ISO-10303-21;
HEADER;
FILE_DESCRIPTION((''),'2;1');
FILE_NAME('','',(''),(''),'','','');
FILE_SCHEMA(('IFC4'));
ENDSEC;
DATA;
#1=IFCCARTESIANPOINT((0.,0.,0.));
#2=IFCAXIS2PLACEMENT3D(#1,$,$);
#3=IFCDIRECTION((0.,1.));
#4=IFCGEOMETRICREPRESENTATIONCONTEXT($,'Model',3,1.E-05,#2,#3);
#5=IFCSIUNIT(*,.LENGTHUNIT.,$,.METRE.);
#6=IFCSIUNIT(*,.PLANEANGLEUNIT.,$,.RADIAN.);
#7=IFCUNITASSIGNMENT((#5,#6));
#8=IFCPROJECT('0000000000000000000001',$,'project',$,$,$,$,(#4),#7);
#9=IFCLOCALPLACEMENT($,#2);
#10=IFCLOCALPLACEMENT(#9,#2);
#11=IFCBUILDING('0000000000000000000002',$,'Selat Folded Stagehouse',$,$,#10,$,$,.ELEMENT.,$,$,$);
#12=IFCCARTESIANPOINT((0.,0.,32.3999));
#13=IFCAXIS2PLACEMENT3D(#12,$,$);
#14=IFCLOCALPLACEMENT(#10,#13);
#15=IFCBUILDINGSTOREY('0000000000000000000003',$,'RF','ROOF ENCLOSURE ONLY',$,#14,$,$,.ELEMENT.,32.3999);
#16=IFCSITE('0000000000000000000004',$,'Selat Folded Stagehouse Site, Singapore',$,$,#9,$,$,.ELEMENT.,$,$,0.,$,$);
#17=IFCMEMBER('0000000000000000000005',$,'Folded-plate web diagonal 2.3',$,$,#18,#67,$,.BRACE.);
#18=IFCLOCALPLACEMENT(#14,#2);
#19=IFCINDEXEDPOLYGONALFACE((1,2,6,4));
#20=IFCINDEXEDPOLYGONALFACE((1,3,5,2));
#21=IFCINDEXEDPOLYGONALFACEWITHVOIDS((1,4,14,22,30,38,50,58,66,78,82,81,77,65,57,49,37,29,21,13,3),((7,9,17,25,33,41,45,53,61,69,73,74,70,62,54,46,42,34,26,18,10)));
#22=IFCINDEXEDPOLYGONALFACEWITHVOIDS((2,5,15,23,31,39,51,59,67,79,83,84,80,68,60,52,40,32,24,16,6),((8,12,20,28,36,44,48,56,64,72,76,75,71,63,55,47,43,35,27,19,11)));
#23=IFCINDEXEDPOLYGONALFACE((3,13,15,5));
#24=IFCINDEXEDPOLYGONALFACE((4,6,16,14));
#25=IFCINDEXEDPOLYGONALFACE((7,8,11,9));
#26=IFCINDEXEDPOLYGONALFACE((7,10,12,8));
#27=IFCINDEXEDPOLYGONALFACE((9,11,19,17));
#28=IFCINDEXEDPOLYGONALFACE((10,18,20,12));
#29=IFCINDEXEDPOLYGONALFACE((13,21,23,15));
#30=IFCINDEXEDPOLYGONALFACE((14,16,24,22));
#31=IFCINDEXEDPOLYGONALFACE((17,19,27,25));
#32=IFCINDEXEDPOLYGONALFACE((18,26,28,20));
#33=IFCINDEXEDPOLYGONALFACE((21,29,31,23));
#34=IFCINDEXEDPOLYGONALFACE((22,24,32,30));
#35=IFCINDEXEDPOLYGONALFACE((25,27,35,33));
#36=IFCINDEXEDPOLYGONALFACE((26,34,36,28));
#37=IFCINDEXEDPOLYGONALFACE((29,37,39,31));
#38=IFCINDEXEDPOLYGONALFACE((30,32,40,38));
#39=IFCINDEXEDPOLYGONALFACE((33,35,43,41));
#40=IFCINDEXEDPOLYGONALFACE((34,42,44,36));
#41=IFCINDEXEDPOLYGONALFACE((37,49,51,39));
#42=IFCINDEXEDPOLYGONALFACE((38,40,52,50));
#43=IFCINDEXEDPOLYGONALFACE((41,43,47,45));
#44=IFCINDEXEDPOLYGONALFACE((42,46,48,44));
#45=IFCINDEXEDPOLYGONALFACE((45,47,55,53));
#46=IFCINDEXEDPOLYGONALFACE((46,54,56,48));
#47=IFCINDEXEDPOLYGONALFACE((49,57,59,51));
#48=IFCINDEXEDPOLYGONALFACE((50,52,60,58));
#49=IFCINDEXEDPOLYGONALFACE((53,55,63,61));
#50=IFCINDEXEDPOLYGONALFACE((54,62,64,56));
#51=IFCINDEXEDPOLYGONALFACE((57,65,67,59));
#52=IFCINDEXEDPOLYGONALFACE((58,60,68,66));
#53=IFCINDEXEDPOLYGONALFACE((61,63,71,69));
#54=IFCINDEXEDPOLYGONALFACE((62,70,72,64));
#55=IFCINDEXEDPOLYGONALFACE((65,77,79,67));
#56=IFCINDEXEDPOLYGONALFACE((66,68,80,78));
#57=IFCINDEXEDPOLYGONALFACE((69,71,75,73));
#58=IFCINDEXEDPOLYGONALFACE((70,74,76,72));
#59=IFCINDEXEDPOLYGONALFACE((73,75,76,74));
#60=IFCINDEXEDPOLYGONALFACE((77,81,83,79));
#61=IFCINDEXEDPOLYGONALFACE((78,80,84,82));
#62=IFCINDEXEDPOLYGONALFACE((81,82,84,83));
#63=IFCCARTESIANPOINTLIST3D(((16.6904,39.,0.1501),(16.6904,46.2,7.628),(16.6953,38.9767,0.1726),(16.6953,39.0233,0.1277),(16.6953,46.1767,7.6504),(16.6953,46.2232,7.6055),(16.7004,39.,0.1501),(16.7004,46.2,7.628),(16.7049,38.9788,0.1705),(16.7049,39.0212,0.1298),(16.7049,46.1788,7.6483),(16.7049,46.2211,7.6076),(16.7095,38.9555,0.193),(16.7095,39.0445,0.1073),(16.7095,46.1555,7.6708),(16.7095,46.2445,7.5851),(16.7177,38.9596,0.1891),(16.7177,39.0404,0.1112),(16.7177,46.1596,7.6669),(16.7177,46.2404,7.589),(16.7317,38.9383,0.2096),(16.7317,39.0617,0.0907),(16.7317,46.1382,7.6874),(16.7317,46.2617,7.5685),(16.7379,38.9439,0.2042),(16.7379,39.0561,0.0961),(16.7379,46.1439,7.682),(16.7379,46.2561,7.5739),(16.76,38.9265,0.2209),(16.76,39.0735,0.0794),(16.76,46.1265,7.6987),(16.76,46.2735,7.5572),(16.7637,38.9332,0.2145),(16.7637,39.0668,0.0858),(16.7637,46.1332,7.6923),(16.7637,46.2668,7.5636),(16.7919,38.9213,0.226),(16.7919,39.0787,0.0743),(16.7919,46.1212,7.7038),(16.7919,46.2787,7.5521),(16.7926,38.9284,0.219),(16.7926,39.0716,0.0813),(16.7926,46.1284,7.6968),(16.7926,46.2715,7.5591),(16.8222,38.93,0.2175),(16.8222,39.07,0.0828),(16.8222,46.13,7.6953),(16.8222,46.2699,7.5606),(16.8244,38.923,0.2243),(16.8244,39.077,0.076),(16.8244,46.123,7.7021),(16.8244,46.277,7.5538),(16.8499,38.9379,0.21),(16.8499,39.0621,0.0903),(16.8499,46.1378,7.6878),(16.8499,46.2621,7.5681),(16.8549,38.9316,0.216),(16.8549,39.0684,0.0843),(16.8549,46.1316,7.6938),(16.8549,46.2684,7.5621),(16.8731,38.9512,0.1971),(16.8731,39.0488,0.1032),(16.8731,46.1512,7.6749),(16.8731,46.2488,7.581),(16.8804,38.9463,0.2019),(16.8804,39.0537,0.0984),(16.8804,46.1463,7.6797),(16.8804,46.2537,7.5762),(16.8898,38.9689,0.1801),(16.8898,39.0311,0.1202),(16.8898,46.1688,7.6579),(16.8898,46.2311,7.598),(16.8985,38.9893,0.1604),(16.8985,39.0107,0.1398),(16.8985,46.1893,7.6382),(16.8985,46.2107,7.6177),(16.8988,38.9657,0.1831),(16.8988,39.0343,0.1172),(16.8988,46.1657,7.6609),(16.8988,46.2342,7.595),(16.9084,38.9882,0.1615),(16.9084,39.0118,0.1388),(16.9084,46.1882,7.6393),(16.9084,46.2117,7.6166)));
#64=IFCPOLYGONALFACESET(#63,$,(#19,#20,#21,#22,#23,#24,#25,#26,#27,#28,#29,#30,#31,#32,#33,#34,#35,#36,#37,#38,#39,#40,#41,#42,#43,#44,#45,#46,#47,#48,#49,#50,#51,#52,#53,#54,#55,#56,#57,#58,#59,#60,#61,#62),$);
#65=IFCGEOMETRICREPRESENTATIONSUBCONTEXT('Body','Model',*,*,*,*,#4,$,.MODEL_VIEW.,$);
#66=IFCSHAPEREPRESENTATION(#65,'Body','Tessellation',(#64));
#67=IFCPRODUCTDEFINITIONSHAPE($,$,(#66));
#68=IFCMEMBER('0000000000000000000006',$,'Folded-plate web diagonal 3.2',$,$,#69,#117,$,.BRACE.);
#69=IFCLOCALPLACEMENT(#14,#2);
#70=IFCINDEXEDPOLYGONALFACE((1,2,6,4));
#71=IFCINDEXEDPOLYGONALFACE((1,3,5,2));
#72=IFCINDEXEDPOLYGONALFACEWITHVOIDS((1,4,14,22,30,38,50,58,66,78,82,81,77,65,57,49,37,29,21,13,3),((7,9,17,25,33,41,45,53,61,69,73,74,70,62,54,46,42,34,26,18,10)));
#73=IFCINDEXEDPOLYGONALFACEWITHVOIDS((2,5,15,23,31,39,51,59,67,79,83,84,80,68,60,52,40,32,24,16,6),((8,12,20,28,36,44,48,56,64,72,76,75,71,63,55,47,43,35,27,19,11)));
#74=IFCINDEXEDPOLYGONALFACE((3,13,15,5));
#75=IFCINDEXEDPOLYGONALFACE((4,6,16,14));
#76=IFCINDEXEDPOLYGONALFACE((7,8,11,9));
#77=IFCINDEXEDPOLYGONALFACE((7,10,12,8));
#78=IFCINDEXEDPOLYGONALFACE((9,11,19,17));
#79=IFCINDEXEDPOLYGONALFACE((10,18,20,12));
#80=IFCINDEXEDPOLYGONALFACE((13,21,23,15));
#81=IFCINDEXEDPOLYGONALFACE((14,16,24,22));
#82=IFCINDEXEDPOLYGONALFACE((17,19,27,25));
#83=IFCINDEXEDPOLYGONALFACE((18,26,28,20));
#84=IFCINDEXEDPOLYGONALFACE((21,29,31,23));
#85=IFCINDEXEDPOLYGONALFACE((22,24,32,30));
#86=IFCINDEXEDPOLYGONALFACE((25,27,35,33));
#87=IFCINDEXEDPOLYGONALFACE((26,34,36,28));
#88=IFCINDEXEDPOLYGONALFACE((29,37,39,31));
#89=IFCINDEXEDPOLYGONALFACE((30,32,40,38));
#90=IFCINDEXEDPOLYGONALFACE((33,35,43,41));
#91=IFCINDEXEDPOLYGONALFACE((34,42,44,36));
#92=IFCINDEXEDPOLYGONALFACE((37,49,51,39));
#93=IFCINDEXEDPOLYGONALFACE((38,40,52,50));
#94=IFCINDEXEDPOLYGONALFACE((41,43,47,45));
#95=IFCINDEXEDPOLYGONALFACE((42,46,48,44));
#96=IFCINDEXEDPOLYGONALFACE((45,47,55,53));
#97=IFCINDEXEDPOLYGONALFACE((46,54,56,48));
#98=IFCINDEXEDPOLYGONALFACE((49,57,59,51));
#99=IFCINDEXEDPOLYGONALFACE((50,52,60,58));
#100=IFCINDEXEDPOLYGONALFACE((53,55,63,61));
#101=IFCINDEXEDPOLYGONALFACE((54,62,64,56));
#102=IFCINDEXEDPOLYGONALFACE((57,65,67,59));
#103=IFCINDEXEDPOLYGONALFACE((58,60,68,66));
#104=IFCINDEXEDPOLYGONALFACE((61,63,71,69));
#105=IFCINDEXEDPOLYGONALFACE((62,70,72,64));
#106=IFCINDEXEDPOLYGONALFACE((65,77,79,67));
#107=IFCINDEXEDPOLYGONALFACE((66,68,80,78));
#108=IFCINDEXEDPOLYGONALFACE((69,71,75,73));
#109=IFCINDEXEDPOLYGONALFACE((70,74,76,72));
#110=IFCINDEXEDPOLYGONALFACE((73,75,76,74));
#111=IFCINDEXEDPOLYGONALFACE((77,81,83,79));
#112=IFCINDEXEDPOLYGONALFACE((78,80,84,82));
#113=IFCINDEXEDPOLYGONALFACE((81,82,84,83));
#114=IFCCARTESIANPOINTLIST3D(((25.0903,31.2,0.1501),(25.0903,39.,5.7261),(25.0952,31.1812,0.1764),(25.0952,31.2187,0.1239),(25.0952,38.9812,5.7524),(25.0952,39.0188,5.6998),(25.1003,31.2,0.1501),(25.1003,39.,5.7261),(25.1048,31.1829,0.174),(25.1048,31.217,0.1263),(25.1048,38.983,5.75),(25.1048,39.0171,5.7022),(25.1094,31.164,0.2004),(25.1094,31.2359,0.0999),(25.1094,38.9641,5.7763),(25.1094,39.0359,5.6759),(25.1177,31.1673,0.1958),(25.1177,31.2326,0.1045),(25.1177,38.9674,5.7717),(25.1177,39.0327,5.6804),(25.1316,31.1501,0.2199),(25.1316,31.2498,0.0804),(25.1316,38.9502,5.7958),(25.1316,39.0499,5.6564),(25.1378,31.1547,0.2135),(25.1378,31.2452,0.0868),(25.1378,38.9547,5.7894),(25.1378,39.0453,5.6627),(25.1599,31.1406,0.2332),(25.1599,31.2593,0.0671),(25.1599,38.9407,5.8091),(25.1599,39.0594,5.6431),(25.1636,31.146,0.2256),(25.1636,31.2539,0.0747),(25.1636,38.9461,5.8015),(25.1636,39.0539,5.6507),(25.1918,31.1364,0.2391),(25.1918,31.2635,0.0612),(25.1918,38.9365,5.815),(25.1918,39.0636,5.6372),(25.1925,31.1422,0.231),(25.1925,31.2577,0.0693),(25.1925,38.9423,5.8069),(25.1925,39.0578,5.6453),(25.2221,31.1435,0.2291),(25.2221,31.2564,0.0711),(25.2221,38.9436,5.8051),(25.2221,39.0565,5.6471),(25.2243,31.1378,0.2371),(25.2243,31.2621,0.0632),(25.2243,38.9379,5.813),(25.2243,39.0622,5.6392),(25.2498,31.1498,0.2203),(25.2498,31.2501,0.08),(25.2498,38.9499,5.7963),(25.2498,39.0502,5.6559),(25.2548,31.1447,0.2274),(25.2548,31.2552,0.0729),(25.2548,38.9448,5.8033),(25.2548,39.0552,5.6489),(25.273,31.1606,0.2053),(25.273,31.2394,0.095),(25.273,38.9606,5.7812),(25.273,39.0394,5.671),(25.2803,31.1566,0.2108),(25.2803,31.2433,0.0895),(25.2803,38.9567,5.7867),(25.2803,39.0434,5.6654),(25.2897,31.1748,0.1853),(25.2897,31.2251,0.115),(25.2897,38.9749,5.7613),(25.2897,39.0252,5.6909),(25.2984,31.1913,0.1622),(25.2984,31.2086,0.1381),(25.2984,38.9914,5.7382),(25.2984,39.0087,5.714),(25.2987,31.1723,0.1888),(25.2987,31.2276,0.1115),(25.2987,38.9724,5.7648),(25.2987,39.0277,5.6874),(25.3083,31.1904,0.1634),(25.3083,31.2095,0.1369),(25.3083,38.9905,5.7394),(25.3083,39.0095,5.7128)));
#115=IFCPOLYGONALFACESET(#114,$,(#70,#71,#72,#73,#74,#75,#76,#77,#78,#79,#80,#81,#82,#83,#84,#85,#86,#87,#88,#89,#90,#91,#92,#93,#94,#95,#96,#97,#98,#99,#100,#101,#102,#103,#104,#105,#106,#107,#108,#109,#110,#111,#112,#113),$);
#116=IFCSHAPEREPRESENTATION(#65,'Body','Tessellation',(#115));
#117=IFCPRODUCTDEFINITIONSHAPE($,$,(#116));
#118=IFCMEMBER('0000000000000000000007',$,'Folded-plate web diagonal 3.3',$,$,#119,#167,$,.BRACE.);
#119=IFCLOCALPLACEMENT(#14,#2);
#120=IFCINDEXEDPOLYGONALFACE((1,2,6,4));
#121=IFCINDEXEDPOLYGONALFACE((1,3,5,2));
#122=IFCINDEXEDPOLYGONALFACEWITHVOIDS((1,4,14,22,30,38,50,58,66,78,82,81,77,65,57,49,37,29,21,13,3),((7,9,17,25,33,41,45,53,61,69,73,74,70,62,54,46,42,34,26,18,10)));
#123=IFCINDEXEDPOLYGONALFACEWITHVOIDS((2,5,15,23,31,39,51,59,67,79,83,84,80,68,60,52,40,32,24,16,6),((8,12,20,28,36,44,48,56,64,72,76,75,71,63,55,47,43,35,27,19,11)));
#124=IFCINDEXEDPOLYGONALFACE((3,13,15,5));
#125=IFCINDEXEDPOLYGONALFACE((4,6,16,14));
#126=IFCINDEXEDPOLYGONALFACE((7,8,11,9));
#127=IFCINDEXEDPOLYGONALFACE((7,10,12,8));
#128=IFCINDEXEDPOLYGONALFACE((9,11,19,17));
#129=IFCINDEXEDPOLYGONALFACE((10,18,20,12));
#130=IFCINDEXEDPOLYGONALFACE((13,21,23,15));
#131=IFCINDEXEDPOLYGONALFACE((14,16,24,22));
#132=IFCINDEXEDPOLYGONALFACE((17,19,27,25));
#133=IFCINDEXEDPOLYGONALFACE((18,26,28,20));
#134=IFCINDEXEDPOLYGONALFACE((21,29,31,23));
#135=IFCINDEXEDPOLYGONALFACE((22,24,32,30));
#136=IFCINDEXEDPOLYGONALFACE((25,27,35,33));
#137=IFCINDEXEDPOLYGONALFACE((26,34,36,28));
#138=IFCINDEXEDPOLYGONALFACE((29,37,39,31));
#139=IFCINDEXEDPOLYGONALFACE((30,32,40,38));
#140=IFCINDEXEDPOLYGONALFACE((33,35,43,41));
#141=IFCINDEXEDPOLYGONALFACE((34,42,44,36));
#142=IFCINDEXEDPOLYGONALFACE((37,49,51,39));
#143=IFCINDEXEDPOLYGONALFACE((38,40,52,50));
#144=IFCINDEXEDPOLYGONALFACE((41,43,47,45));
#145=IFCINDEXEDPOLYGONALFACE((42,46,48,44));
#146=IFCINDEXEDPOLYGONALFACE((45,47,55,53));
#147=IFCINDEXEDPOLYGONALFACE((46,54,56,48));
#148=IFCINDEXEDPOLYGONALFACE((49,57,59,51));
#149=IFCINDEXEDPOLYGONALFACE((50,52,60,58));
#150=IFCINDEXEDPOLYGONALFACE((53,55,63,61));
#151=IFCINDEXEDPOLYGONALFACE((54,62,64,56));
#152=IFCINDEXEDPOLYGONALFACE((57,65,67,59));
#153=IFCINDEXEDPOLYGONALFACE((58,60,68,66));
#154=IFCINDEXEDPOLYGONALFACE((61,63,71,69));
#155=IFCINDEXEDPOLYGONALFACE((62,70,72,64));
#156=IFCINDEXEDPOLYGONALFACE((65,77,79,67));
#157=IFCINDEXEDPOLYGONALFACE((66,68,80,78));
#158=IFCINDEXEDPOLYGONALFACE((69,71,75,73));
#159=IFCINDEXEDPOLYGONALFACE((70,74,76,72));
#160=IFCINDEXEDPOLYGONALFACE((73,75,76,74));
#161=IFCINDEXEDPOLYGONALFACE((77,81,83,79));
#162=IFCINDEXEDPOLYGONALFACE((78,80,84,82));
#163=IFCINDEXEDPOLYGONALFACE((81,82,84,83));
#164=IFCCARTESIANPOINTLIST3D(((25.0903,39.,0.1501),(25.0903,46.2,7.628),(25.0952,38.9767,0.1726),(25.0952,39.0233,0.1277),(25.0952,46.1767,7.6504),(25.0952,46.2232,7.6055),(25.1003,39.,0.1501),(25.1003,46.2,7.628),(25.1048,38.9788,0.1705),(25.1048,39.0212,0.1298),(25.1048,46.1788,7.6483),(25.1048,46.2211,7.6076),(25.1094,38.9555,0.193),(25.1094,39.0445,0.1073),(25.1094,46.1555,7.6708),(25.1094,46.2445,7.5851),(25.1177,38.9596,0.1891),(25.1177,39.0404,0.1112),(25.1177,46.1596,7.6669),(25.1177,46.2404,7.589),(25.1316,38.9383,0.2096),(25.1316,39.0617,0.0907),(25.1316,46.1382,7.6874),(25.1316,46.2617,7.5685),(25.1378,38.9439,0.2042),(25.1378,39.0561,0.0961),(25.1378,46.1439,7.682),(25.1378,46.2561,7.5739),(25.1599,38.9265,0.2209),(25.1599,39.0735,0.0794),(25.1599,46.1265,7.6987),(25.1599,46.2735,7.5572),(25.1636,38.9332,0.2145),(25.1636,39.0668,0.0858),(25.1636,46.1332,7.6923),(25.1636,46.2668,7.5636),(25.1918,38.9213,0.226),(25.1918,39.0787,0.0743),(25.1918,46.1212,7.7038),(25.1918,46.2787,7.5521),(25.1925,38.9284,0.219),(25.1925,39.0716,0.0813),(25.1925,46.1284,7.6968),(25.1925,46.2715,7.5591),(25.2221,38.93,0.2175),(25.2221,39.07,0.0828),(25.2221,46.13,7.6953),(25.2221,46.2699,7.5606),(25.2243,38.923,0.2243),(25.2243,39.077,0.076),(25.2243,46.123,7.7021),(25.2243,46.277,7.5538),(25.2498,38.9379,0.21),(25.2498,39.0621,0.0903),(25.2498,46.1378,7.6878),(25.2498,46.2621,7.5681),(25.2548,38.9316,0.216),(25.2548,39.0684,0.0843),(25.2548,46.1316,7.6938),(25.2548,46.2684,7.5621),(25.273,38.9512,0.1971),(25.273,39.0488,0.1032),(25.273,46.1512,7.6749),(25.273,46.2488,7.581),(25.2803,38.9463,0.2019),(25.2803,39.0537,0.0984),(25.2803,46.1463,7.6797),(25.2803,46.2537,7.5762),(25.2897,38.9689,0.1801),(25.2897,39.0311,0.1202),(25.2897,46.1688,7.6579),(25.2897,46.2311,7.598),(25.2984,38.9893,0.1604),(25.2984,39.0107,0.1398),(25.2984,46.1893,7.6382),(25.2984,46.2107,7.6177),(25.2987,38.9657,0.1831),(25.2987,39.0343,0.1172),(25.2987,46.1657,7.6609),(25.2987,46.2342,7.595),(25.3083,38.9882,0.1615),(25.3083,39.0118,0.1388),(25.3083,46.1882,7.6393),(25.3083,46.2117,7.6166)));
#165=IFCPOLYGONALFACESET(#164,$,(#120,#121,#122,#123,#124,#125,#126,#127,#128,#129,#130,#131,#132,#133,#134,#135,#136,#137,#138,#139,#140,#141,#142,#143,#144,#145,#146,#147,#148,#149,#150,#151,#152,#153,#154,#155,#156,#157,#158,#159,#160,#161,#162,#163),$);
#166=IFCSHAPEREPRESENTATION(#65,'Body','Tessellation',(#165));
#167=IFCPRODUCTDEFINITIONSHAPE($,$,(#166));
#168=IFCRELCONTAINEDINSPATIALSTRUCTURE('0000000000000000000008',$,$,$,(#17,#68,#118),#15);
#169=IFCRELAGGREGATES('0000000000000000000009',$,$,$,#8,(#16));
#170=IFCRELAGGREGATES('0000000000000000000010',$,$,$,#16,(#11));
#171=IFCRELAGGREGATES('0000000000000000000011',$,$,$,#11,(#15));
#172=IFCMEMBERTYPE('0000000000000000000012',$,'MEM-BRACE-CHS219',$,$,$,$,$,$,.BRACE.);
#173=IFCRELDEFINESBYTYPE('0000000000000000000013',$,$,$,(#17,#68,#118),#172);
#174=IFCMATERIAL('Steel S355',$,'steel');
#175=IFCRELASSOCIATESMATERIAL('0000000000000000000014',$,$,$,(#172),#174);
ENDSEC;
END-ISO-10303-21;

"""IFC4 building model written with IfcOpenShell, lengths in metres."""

from ifc_helpers import new_model, si_unit, direction, frame, origin, origin_2d, place, context, subcontext, project, spatial, hollow_circle, extrude, material, material_profile, profile_set, type_object, element, save


model = new_model("IFC4")

# Units and contexts
model_context = context("Model", 3, precision=1e-05, world=origin(), true_north=direction((0.0, 1.0)))
body_context = subcontext(model_context, "Body", "Model", "MODEL_VIEW")
ifc_project = project(units=[si_unit("LENGTHUNIT", "METRE"), si_unit("PLANEANGLEUNIT", "RADIAN")], contexts=[model_context])

# Site, building, storey
site_placement = place(None, origin())
site = spatial("IfcSite", under=ifc_project, at=site_placement, Name="Selat Folded Stagehouse Site, Singapore", CompositionType="ELEMENT", RefElevation=0.0)
building_placement = place(site_placement, origin())
building = spatial("IfcBuilding", under=site, at=building_placement, Name="Selat Folded Stagehouse", CompositionType="ELEMENT")
storey_placement = place(building_placement, frame((0.0, 0.0, 32.3999)))
storey = spatial("IfcBuildingStorey", under=building, at=storey_placement, Name="RF", Description="ROOF ENCLOSURE ONLY", CompositionType="ELEMENT", Elevation=32.3999)

# Shared definitions
ifc_material = material(Name="Steel S355", Category="steel")

# Members
ifc_material_profile_1 = material_profile(ifc_material, hollow_circle(Radius=0.1096, WallThickness=0.01, at=origin_2d()), Name="CHS 219.1x10.0")
ifc_profile_set_1 = profile_set([ifc_material_profile_1], Name="Steel S355")
member_type_1 = type_object("IfcMemberType", Name="MEM-BRACE-CHS219", PredefinedType="BRACE", material=ifc_profile_set_1)
member_1_placement = place(storey_placement, frame((16.8, 39.0, 0.1501), z_axis=(0.0, 0.693598, 0.720362), x_axis=(-1.0, 0.0, 0.0)))
element("IfcMember", 1, at=member_1_placement, inside=storey, type_object=member_type_1, Name="Folded-plate web diagonal 2.3", PredefinedType="BRACE", context=body_context, shape_type="SweptSolid", body=[
    extrude(hollow_circle(Radius=0.1096, WallThickness=0.01, at=origin_2d()), origin(), (0.0, 0.0, 1.0), 10.3806),
])
member_2_placement = place(storey_placement, frame((25.2, 31.2, 0.1501), z_axis=(0.0, 0.813513, 0.581546), x_axis=(-1.0, 0.0, 0.0)))
element("IfcMember", 2, at=member_2_placement, inside=storey, type_object=member_type_1, Name="Folded-plate web diagonal 3.2", PredefinedType="BRACE", context=body_context, shape_type="SweptSolid", body=[
    extrude(hollow_circle(Radius=0.1096, WallThickness=0.01, at=origin_2d()), origin(), (0.0, 0.0, 1.0), 9.5881),
])
member_3_placement = place(storey_placement, frame((25.2, 39.0, 0.1501), z_axis=(0.0, 0.693598, 0.720362), x_axis=(-1.0, 0.0, 0.0)))
element("IfcMember", 3, at=member_3_placement, inside=storey, type_object=member_type_1, Name="Folded-plate web diagonal 3.3", PredefinedType="BRACE", context=body_context, shape_type="SweptSolid", body=[
    extrude(hollow_circle(Radius=0.1096, WallThickness=0.01, at=origin_2d()), origin(), (0.0, 0.0, 1.0), 10.3806),
])

save(model, "model.ifc")
